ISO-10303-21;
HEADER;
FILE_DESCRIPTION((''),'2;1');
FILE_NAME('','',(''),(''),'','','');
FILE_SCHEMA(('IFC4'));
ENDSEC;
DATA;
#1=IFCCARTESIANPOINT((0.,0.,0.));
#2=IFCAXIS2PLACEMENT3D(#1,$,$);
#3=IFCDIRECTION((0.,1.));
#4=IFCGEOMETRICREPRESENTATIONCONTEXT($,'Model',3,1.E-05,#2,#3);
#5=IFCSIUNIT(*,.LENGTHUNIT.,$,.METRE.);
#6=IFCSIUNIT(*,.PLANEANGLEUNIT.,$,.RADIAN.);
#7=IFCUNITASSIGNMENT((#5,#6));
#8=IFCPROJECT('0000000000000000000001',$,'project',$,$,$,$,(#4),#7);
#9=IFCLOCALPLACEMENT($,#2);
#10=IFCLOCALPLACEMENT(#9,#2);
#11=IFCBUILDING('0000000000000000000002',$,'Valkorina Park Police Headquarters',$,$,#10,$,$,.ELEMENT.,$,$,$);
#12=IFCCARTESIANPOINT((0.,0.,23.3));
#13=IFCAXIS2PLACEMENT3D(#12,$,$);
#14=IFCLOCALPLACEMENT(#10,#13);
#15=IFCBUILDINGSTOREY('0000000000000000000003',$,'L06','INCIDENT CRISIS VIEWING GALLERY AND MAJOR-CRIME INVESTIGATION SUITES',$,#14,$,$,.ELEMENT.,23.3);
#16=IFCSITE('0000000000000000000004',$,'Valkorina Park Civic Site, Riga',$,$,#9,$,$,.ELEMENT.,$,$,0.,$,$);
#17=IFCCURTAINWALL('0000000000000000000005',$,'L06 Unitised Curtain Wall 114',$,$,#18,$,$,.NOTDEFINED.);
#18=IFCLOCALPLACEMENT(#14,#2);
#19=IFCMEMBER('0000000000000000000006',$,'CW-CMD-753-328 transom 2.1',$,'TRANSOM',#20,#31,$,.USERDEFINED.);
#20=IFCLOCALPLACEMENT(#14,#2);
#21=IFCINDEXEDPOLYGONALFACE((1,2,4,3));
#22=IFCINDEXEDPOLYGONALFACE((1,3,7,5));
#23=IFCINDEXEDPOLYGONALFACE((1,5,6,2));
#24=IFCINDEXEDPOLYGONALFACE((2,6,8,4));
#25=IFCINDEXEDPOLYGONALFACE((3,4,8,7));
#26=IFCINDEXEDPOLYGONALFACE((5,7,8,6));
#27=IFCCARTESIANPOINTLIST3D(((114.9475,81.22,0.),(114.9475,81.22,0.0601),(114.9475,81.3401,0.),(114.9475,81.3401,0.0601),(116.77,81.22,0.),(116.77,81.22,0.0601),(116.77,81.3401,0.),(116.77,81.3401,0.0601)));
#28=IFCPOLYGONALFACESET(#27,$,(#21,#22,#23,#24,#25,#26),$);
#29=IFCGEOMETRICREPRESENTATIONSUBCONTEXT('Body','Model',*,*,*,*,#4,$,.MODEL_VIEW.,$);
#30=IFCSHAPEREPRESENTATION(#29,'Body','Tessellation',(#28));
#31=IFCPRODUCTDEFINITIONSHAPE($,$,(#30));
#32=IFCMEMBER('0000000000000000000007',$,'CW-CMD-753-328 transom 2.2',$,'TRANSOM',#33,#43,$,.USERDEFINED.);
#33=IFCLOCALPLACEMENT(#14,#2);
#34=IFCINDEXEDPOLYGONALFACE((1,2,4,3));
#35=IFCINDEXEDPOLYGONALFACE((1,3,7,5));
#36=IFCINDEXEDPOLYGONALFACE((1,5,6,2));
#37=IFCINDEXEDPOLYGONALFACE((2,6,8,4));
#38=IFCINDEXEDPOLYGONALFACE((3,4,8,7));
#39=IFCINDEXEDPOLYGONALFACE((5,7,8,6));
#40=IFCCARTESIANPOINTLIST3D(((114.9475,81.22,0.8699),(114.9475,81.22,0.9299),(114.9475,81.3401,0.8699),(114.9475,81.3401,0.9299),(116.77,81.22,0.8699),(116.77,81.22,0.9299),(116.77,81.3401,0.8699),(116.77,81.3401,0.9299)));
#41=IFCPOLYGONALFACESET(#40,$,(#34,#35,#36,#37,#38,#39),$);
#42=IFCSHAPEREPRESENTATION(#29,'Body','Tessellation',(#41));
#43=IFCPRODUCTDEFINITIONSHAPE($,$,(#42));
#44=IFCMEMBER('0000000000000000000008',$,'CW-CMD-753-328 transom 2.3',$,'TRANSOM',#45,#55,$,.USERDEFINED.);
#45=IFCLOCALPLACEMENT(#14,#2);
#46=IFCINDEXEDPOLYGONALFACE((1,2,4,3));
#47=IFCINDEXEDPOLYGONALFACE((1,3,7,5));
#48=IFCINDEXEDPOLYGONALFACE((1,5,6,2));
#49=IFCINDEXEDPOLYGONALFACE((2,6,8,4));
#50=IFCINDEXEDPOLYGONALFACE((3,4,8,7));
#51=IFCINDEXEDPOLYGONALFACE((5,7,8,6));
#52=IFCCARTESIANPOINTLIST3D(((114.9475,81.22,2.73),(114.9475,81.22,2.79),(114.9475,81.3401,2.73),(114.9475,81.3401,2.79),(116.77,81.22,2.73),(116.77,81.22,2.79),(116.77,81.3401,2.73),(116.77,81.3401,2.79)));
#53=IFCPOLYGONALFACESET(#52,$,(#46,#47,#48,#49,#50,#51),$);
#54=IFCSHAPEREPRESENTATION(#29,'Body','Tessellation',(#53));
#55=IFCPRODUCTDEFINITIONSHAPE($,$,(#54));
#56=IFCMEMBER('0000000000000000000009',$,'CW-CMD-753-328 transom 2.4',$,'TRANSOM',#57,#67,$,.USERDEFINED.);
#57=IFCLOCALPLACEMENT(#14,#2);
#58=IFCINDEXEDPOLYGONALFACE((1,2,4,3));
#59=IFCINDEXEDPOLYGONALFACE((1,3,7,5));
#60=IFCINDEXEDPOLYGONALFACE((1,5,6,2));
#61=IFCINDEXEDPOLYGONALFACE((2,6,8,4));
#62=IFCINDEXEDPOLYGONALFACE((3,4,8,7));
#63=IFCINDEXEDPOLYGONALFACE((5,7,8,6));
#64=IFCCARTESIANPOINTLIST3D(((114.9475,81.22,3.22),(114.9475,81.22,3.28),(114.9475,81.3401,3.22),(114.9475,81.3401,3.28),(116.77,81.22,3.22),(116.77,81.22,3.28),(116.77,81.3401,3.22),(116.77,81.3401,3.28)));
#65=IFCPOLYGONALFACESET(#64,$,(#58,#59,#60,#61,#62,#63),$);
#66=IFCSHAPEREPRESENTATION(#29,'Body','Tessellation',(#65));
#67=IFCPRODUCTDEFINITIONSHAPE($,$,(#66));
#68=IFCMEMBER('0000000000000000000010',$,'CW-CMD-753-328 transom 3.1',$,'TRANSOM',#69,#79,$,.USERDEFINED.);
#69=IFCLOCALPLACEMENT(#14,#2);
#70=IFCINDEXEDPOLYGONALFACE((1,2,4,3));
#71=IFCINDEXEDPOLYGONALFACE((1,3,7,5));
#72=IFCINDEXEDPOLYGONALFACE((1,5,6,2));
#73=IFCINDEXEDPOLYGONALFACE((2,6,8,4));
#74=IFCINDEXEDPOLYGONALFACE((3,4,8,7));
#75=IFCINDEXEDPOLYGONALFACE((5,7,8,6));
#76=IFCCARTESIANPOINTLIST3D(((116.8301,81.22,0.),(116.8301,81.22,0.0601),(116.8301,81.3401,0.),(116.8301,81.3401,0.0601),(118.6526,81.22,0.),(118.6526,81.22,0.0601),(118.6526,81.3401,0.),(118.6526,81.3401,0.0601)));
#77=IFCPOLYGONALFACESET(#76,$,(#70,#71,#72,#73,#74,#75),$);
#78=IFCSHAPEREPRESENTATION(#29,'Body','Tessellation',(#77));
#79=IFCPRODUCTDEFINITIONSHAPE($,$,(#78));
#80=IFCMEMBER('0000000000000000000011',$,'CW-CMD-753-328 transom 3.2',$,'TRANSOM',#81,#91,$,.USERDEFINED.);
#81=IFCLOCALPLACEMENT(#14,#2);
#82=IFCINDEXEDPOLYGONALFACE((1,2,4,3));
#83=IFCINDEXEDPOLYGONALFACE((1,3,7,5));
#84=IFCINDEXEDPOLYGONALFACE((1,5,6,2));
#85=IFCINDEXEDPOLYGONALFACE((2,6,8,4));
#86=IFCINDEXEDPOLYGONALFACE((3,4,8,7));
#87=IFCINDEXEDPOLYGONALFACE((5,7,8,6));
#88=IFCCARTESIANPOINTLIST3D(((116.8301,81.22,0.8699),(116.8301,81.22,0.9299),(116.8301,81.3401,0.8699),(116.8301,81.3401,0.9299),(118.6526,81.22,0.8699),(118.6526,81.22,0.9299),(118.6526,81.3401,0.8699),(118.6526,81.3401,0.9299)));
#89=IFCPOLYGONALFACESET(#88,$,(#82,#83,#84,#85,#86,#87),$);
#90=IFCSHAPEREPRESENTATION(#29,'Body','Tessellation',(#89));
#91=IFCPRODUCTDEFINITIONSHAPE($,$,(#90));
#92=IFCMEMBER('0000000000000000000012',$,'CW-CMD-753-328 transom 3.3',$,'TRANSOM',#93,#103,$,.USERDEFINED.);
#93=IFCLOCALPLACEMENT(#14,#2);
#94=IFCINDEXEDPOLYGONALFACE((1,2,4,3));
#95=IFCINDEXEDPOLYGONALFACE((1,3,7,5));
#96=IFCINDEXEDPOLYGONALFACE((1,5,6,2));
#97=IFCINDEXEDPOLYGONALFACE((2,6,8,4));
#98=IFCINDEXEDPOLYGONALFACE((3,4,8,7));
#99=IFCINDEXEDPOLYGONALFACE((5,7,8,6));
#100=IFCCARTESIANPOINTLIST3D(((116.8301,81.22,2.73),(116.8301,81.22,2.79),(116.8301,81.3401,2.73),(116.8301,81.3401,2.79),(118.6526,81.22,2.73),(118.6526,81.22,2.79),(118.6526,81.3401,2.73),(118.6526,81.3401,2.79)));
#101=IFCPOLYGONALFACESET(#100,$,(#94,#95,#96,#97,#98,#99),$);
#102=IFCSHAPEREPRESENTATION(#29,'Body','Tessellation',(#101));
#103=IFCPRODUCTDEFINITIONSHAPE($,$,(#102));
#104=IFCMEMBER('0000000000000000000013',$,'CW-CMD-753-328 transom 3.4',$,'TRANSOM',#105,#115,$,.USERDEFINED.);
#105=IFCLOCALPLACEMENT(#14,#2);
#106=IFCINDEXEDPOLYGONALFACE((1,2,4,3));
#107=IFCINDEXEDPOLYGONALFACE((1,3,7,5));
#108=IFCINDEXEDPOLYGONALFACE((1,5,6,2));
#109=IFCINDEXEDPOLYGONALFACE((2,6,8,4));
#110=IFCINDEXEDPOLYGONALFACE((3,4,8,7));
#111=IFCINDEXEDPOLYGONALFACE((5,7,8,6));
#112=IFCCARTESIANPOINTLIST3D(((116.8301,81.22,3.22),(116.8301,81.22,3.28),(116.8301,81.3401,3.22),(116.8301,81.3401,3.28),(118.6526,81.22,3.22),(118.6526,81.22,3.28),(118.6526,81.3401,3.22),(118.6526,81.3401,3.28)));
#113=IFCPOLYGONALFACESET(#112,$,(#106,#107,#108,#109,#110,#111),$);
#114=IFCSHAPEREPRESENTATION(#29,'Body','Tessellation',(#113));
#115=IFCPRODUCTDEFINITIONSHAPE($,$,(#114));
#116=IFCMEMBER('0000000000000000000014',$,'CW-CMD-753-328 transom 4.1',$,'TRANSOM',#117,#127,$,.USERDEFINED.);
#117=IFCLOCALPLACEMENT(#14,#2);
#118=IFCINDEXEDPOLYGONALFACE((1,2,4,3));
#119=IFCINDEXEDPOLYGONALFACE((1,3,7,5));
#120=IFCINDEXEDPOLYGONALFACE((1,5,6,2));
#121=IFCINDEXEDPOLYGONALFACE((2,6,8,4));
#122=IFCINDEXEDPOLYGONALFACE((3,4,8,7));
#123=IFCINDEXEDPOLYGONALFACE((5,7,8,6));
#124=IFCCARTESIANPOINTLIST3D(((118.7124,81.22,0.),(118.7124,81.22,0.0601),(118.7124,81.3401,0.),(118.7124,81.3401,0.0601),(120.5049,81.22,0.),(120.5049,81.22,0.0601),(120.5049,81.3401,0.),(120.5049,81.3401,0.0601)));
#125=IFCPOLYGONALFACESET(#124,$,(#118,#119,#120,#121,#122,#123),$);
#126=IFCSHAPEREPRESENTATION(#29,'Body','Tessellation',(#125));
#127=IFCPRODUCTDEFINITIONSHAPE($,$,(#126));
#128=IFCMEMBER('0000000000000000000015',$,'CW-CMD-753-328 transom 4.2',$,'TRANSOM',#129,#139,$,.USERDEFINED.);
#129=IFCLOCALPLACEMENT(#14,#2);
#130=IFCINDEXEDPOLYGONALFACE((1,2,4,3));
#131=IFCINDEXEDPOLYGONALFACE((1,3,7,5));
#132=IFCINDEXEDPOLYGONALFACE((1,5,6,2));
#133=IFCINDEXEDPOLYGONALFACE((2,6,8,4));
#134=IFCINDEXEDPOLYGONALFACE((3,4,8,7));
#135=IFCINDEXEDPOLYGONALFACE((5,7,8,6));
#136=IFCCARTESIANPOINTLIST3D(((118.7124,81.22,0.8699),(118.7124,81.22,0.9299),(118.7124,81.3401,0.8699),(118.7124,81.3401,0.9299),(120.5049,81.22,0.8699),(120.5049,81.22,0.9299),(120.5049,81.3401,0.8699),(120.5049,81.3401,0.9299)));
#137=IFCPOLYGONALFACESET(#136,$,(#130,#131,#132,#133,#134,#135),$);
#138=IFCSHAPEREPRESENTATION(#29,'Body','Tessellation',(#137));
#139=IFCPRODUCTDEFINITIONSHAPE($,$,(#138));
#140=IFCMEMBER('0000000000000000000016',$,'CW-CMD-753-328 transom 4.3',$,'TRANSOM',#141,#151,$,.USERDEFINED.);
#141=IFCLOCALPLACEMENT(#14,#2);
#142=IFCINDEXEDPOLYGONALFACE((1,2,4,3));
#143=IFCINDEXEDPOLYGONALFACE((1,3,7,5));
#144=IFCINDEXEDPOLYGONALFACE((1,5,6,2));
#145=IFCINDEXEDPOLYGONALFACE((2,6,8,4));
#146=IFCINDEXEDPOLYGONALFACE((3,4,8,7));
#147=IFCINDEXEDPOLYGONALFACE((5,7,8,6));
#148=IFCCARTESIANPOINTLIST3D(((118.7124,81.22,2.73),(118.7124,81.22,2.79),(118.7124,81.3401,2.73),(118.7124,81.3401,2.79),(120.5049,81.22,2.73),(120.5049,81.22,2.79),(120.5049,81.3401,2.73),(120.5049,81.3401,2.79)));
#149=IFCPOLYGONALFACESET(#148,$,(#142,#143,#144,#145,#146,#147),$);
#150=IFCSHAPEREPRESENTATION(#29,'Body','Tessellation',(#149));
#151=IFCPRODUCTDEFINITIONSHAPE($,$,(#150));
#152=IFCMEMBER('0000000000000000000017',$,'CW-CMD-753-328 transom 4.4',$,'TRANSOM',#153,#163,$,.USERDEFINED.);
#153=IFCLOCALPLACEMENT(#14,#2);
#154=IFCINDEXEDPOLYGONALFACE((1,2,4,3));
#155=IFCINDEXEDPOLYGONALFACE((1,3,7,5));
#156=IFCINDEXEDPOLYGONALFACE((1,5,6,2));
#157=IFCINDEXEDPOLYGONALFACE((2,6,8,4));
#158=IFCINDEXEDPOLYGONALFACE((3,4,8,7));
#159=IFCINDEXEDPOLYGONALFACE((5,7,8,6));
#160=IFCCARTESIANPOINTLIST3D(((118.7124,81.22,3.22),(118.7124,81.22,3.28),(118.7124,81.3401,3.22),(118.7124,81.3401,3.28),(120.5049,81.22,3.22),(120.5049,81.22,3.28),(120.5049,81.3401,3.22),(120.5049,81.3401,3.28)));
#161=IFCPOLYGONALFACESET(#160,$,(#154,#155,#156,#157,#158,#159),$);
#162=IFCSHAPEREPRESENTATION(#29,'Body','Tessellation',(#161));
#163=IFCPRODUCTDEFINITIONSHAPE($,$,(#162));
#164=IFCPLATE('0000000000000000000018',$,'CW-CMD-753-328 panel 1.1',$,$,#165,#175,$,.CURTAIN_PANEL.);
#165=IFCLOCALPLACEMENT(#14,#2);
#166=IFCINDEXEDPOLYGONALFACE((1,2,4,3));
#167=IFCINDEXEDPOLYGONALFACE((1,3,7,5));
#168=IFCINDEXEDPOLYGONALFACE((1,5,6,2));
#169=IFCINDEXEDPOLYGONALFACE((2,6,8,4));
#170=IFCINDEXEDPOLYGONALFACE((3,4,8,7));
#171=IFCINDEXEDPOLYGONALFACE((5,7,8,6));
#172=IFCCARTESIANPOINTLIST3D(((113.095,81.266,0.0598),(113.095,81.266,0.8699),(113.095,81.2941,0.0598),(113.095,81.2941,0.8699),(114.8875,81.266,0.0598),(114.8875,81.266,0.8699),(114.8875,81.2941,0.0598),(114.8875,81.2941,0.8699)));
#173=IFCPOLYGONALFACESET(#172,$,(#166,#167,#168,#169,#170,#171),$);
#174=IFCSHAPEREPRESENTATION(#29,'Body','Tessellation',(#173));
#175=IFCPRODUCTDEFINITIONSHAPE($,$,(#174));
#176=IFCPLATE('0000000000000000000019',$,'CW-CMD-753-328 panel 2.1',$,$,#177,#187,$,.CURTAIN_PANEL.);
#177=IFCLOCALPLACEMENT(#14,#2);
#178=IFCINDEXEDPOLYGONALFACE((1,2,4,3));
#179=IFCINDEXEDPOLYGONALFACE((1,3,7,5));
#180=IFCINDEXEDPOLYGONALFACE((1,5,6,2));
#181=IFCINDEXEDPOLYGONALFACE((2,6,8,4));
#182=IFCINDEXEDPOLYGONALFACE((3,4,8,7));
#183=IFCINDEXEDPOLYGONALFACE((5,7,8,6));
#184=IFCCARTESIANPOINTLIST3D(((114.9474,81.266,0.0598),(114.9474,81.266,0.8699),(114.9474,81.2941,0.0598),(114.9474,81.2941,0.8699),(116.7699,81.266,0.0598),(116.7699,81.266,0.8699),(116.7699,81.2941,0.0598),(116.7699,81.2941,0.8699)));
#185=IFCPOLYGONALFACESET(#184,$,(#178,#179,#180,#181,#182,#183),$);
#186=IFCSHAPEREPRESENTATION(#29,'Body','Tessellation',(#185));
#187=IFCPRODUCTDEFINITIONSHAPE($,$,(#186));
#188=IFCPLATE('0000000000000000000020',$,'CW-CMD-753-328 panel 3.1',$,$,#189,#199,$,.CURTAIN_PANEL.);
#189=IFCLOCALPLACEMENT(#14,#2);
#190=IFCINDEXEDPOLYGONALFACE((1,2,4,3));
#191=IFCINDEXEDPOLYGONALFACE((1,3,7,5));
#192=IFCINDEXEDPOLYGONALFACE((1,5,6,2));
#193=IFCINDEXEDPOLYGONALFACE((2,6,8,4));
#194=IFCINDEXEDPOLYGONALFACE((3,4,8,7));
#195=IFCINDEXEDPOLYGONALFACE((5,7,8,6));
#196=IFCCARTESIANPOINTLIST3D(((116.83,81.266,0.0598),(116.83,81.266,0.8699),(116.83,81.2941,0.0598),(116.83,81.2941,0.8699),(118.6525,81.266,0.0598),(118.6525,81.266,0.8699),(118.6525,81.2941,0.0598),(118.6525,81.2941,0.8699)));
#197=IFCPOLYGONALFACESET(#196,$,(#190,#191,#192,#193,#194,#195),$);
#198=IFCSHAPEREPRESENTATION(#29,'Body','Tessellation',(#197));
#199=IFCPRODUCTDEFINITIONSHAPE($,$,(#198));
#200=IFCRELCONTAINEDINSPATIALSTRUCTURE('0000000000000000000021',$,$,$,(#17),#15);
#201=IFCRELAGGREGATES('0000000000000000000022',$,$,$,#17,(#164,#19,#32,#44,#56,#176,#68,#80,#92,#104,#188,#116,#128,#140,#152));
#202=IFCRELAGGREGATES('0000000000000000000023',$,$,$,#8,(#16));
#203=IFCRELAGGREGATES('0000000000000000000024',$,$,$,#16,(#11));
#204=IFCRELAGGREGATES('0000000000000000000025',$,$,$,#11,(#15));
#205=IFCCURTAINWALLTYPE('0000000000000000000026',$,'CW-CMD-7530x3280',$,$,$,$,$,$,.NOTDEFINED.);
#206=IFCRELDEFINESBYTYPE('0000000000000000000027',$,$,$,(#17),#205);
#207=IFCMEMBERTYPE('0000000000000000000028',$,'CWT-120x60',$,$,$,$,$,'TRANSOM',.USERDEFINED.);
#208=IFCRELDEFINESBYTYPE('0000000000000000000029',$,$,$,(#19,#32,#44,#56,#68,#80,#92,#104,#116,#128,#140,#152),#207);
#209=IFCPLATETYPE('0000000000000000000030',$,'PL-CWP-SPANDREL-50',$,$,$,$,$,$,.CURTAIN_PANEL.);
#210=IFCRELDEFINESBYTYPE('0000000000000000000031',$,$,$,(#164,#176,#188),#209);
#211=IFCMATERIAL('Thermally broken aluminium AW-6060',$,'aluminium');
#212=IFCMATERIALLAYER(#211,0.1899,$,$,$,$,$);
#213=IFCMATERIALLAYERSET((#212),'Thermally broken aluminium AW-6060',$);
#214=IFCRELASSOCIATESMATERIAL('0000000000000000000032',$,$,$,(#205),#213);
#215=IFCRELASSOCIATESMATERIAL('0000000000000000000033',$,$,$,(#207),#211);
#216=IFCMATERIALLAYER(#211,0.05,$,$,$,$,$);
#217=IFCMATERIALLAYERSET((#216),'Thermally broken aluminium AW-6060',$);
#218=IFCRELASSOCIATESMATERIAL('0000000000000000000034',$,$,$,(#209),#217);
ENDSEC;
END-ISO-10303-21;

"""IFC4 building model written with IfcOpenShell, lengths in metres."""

from ifc_helpers import new_model, si_unit, direction, frame, origin, origin_2d, place, context, subcontext, project, spatial, rectangle, extrude, material, layer, layer_set, material_profile, profile_set, type_object, element, aggregate, save


model = new_model("IFC4")

# Units and contexts
model_context = context("Model", 3, precision=1e-05, world=origin(), true_north=direction((0.0, 1.0)))
body_context = subcontext(model_context, "Body", "Model", "MODEL_VIEW")
ifc_project = project(units=[si_unit("LENGTHUNIT", "METRE"), si_unit("PLANEANGLEUNIT", "RADIAN")], contexts=[model_context])

# Site, building, storey
site_placement = place(None, origin())
site = spatial("IfcSite", under=ifc_project, at=site_placement, Name="Valkorina Park Civic Site, Riga", CompositionType="ELEMENT", RefElevation=0.0)
building_placement = place(site_placement, origin())
building = spatial("IfcBuilding", under=site, at=building_placement, Name="Valkorina Park Police Headquarters", CompositionType="ELEMENT")
storey_placement = place(building_placement, frame((0.0, 0.0, 23.3)))
storey = spatial("IfcBuildingStorey", under=building, at=storey_placement, Name="L06", Description="INCIDENT CRISIS VIEWING GALLERY AND MAJOR-CRIME INVESTIGATION SUITES", CompositionType="ELEMENT", Elevation=23.3)

# Curtain wall
ifc_material_1 = material(Name="Thermally broken aluminium AW-6060", Category="aluminium")
ifc_layer_1 = layer(ifc_material_1, 0.1899)
ifc_layer_set_1 = layer_set([ifc_layer_1], Name="Thermally broken aluminium AW-6060")
curtain_wall_type = type_object("IfcCurtainWallType", Name="CW-CMD-7530x3280", PredefinedType="NOTDEFINED", material=ifc_layer_set_1)
curtain_wall_1_placement = place(storey_placement, origin())
curtain_wall_1 = element("IfcCurtainWall", 1, at=curtain_wall_1_placement, inside=storey, type_object=curtain_wall_type, Name="L06 Unitised Curtain Wall 114", PredefinedType="NOTDEFINED")

# Members
ifc_material_profile_1 = material_profile(ifc_material_1, rectangle(XDim=0.1201, YDim=0.0601, at=origin_2d()), Name="CWT-01 120x60")
ifc_profile_set_1 = profile_set([ifc_material_profile_1], Name="Thermally broken aluminium AW-6060")
member_type_1 = type_object("IfcMemberType", Name="CWT-120x60", ElementType="TRANSOM", PredefinedType="USERDEFINED", material=ifc_profile_set_1)
member_1_placement = place(storey_placement, frame((114.9475, 81.28, 0.03), z_axis=(1.0, 0.0, 0.0), x_axis=(0.0, 1.0, 0.0)))
member_1 = element("IfcMember", 2, at=member_1_placement, type_object=member_type_1, Name="CW-CMD-753-328 transom 2.1", ObjectType="TRANSOM", PredefinedType="USERDEFINED", context=body_context, shape_type="SweptSolid", body=[
    extrude(rectangle(XDim=0.1201, YDim=0.0601, at=origin_2d()), origin(), (0.0, 0.0, 1.0), 1.8225),
])
member_2_placement = place(storey_placement, frame((114.9475, 81.28, 0.8999), z_axis=(1.0, 0.0, 0.0), x_axis=(0.0, 1.0, 0.0)))
member_2 = element("IfcMember", 3, at=member_2_placement, type_object=member_type_1, Name="CW-CMD-753-328 transom 2.2", ObjectType="TRANSOM", PredefinedType="USERDEFINED", context=body_context, shape_type="SweptSolid", body=[
    extrude(rectangle(XDim=0.1201, YDim=0.0601, at=origin_2d()), origin(), (0.0, 0.0, 1.0), 1.8225),
])
member_3_placement = place(storey_placement, frame((114.9475, 81.28, 2.76), z_axis=(1.0, 0.0, 0.0), x_axis=(0.0, 1.0, 0.0)))
member_3 = element("IfcMember", 4, at=member_3_placement, type_object=member_type_1, Name="CW-CMD-753-328 transom 2.3", ObjectType="TRANSOM", PredefinedType="USERDEFINED", context=body_context, shape_type="SweptSolid", body=[
    extrude(rectangle(XDim=0.1201, YDim=0.0601, at=origin_2d()), origin(), (0.0, 0.0, 1.0), 1.8225),
])
member_4_placement = place(storey_placement, frame((114.9475, 81.28, 3.25), z_axis=(1.0, 0.0, 0.0), x_axis=(0.0, 1.0, 0.0)))
member_4 = element("IfcMember", 5, at=member_4_placement, type_object=member_type_1, Name="CW-CMD-753-328 transom 2.4", ObjectType="TRANSOM", PredefinedType="USERDEFINED", context=body_context, shape_type="SweptSolid", body=[
    extrude(rectangle(XDim=0.1201, YDim=0.0601, at=origin_2d()), origin(), (0.0, 0.0, 1.0), 1.8225),
])
member_5_placement = place(storey_placement, frame((116.8301, 81.28, 0.03), z_axis=(1.0, 0.0, 0.0), x_axis=(0.0, 1.0, 0.0)))
member_5 = element("IfcMember", 6, at=member_5_placement, type_object=member_type_1, Name="CW-CMD-753-328 transom 3.1", ObjectType="TRANSOM", PredefinedType="USERDEFINED", context=body_context, shape_type="SweptSolid", body=[
    extrude(rectangle(XDim=0.1201, YDim=0.0601, at=origin_2d()), origin(), (0.0, 0.0, 1.0), 1.8225),
])
member_6_placement = place(storey_placement, frame((116.8301, 81.28, 0.8999), z_axis=(1.0, 0.0, 0.0), x_axis=(0.0, 1.0, 0.0)))
member_6 = element("IfcMember", 7, at=member_6_placement, type_object=member_type_1, Name="CW-CMD-753-328 transom 3.2", ObjectType="TRANSOM", PredefinedType="USERDEFINED", context=body_context, shape_type="SweptSolid", body=[
    extrude(rectangle(XDim=0.1201, YDim=0.0601, at=origin_2d()), origin(), (0.0, 0.0, 1.0), 1.8225),
])
member_7_placement = place(storey_placement, frame((116.8301, 81.28, 2.76), z_axis=(1.0, 0.0, 0.0), x_axis=(0.0, 1.0, 0.0)))
member_7 = element("IfcMember", 8, at=member_7_placement, type_object=member_type_1, Name="CW-CMD-753-328 transom 3.3", ObjectType="TRANSOM", PredefinedType="USERDEFINED", context=body_context, shape_type="SweptSolid", body=[
    extrude(rectangle(XDim=0.1201, YDim=0.0601, at=origin_2d()), origin(), (0.0, 0.0, 1.0), 1.8225),
])
member_8_placement = place(storey_placement, frame((116.8301, 81.28, 3.25), z_axis=(1.0, 0.0, 0.0), x_axis=(0.0, 1.0, 0.0)))
member_8 = element("IfcMember", 9, at=member_8_placement, type_object=member_type_1, Name="CW-CMD-753-328 transom 3.4", ObjectType="TRANSOM", PredefinedType="USERDEFINED", context=body_context, shape_type="SweptSolid", body=[
    extrude(rectangle(XDim=0.1201, YDim=0.0601, at=origin_2d()), origin(), (0.0, 0.0, 1.0), 1.8225),
])
member_9_placement = place(storey_placement, frame((118.7124, 81.28, 0.03), z_axis=(1.0, 0.0, 0.0), x_axis=(0.0, 1.0, 0.0)))
member_9 = element("IfcMember", 10, at=member_9_placement, type_object=member_type_1, Name="CW-CMD-753-328 transom 4.1", ObjectType="TRANSOM", PredefinedType="USERDEFINED", context=body_context, shape_type="SweptSolid", body=[
    extrude(rectangle(XDim=0.1201, YDim=0.0601, at=origin_2d()), origin(), (0.0, 0.0, 1.0), 1.7925),
])
member_10_placement = place(storey_placement, frame((118.7124, 81.28, 0.8999), z_axis=(1.0, 0.0, 0.0), x_axis=(0.0, 1.0, 0.0)))
member_10 = element("IfcMember", 11, at=member_10_placement, type_object=member_type_1, Name="CW-CMD-753-328 transom 4.2", ObjectType="TRANSOM", PredefinedType="USERDEFINED", context=body_context, shape_type="SweptSolid", body=[
    extrude(rectangle(XDim=0.1201, YDim=0.0601, at=origin_2d()), origin(), (0.0, 0.0, 1.0), 1.7925),
])
member_11_placement = place(storey_placement, frame((118.7124, 81.28, 2.76), z_axis=(1.0, 0.0, 0.0), x_axis=(0.0, 1.0, 0.0)))
member_11 = element("IfcMember", 12, at=member_11_placement, type_object=member_type_1, Name="CW-CMD-753-328 transom 4.3", ObjectType="TRANSOM", PredefinedType="USERDEFINED", context=body_context, shape_type="SweptSolid", body=[
    extrude(rectangle(XDim=0.1201, YDim=0.0601, at=origin_2d()), origin(), (0.0, 0.0, 1.0), 1.7925),
])
member_12_placement = place(storey_placement, frame((118.7124, 81.28, 3.25), z_axis=(1.0, 0.0, 0.0), x_axis=(0.0, 1.0, 0.0)))
member_12 = element("IfcMember", 13, at=member_12_placement, type_object=member_type_1, Name="CW-CMD-753-328 transom 4.4", ObjectType="TRANSOM", PredefinedType="USERDEFINED", context=body_context, shape_type="SweptSolid", body=[
    extrude(rectangle(XDim=0.1201, YDim=0.0601, at=origin_2d()), origin(), (0.0, 0.0, 1.0), 1.7925),
])

# Plates
ifc_layer_2 = layer(ifc_material_1, 0.05)
ifc_layer_set_2 = layer_set([ifc_layer_2], Name="Thermally broken aluminium AW-6060")
plate_type_1 = type_object("IfcPlateType", Name="PL-CWP-SPANDREL-50", PredefinedType="CURTAIN_PANEL", material=ifc_layer_set_2)
plate_1_placement = place(storey_placement, frame((113.9912, 81.28, 0.0598), z_axis=(0.0, 0.0, 1.0), x_axis=(1.0, 0.0, 0.0)))
plate_1 = element("IfcPlate", 14, at=plate_1_placement, type_object=plate_type_1, Name="CW-CMD-753-328 panel 1.1", PredefinedType="CURTAIN_PANEL", context=body_context, shape_type="SweptSolid", body=[
    extrude(rectangle(XDim=1.7925, YDim=0.0281, at=origin_2d()), origin(), (0.0, 0.0, 1.0), 0.8101),
])
plate_2_placement = place(storey_placement, frame((115.8586, 81.28, 0.0598), z_axis=(0.0, 0.0, 1.0), x_axis=(1.0, 0.0, 0.0)))
plate_2 = element("IfcPlate", 15, at=plate_2_placement, type_object=plate_type_1, Name="CW-CMD-753-328 panel 2.1", PredefinedType="CURTAIN_PANEL", context=body_context, shape_type="SweptSolid", body=[
    extrude(rectangle(XDim=1.8225, YDim=0.0281, at=origin_2d()), origin(), (0.0, 0.0, 1.0), 0.8101),
])
plate_3_placement = place(storey_placement, frame((117.7412, 81.28, 0.0598), z_axis=(0.0, 0.0, 1.0), x_axis=(1.0, 0.0, 0.0)))
plate_3 = element("IfcPlate", 16, at=plate_3_placement, type_object=plate_type_1, Name="CW-CMD-753-328 panel 3.1", PredefinedType="CURTAIN_PANEL", context=body_context, shape_type="SweptSolid", body=[
    extrude(rectangle(XDim=1.8225, YDim=0.0281, at=origin_2d()), origin(), (0.0, 0.0, 1.0), 0.8101),
])
aggregate(curtain_wall_1, [plate_1, member_1, member_2, member_3, member_4, plate_2, member_5, member_6, member_7, member_8, plate_3, member_9, member_10, member_11, member_12])

save(model, "model.ifc")
